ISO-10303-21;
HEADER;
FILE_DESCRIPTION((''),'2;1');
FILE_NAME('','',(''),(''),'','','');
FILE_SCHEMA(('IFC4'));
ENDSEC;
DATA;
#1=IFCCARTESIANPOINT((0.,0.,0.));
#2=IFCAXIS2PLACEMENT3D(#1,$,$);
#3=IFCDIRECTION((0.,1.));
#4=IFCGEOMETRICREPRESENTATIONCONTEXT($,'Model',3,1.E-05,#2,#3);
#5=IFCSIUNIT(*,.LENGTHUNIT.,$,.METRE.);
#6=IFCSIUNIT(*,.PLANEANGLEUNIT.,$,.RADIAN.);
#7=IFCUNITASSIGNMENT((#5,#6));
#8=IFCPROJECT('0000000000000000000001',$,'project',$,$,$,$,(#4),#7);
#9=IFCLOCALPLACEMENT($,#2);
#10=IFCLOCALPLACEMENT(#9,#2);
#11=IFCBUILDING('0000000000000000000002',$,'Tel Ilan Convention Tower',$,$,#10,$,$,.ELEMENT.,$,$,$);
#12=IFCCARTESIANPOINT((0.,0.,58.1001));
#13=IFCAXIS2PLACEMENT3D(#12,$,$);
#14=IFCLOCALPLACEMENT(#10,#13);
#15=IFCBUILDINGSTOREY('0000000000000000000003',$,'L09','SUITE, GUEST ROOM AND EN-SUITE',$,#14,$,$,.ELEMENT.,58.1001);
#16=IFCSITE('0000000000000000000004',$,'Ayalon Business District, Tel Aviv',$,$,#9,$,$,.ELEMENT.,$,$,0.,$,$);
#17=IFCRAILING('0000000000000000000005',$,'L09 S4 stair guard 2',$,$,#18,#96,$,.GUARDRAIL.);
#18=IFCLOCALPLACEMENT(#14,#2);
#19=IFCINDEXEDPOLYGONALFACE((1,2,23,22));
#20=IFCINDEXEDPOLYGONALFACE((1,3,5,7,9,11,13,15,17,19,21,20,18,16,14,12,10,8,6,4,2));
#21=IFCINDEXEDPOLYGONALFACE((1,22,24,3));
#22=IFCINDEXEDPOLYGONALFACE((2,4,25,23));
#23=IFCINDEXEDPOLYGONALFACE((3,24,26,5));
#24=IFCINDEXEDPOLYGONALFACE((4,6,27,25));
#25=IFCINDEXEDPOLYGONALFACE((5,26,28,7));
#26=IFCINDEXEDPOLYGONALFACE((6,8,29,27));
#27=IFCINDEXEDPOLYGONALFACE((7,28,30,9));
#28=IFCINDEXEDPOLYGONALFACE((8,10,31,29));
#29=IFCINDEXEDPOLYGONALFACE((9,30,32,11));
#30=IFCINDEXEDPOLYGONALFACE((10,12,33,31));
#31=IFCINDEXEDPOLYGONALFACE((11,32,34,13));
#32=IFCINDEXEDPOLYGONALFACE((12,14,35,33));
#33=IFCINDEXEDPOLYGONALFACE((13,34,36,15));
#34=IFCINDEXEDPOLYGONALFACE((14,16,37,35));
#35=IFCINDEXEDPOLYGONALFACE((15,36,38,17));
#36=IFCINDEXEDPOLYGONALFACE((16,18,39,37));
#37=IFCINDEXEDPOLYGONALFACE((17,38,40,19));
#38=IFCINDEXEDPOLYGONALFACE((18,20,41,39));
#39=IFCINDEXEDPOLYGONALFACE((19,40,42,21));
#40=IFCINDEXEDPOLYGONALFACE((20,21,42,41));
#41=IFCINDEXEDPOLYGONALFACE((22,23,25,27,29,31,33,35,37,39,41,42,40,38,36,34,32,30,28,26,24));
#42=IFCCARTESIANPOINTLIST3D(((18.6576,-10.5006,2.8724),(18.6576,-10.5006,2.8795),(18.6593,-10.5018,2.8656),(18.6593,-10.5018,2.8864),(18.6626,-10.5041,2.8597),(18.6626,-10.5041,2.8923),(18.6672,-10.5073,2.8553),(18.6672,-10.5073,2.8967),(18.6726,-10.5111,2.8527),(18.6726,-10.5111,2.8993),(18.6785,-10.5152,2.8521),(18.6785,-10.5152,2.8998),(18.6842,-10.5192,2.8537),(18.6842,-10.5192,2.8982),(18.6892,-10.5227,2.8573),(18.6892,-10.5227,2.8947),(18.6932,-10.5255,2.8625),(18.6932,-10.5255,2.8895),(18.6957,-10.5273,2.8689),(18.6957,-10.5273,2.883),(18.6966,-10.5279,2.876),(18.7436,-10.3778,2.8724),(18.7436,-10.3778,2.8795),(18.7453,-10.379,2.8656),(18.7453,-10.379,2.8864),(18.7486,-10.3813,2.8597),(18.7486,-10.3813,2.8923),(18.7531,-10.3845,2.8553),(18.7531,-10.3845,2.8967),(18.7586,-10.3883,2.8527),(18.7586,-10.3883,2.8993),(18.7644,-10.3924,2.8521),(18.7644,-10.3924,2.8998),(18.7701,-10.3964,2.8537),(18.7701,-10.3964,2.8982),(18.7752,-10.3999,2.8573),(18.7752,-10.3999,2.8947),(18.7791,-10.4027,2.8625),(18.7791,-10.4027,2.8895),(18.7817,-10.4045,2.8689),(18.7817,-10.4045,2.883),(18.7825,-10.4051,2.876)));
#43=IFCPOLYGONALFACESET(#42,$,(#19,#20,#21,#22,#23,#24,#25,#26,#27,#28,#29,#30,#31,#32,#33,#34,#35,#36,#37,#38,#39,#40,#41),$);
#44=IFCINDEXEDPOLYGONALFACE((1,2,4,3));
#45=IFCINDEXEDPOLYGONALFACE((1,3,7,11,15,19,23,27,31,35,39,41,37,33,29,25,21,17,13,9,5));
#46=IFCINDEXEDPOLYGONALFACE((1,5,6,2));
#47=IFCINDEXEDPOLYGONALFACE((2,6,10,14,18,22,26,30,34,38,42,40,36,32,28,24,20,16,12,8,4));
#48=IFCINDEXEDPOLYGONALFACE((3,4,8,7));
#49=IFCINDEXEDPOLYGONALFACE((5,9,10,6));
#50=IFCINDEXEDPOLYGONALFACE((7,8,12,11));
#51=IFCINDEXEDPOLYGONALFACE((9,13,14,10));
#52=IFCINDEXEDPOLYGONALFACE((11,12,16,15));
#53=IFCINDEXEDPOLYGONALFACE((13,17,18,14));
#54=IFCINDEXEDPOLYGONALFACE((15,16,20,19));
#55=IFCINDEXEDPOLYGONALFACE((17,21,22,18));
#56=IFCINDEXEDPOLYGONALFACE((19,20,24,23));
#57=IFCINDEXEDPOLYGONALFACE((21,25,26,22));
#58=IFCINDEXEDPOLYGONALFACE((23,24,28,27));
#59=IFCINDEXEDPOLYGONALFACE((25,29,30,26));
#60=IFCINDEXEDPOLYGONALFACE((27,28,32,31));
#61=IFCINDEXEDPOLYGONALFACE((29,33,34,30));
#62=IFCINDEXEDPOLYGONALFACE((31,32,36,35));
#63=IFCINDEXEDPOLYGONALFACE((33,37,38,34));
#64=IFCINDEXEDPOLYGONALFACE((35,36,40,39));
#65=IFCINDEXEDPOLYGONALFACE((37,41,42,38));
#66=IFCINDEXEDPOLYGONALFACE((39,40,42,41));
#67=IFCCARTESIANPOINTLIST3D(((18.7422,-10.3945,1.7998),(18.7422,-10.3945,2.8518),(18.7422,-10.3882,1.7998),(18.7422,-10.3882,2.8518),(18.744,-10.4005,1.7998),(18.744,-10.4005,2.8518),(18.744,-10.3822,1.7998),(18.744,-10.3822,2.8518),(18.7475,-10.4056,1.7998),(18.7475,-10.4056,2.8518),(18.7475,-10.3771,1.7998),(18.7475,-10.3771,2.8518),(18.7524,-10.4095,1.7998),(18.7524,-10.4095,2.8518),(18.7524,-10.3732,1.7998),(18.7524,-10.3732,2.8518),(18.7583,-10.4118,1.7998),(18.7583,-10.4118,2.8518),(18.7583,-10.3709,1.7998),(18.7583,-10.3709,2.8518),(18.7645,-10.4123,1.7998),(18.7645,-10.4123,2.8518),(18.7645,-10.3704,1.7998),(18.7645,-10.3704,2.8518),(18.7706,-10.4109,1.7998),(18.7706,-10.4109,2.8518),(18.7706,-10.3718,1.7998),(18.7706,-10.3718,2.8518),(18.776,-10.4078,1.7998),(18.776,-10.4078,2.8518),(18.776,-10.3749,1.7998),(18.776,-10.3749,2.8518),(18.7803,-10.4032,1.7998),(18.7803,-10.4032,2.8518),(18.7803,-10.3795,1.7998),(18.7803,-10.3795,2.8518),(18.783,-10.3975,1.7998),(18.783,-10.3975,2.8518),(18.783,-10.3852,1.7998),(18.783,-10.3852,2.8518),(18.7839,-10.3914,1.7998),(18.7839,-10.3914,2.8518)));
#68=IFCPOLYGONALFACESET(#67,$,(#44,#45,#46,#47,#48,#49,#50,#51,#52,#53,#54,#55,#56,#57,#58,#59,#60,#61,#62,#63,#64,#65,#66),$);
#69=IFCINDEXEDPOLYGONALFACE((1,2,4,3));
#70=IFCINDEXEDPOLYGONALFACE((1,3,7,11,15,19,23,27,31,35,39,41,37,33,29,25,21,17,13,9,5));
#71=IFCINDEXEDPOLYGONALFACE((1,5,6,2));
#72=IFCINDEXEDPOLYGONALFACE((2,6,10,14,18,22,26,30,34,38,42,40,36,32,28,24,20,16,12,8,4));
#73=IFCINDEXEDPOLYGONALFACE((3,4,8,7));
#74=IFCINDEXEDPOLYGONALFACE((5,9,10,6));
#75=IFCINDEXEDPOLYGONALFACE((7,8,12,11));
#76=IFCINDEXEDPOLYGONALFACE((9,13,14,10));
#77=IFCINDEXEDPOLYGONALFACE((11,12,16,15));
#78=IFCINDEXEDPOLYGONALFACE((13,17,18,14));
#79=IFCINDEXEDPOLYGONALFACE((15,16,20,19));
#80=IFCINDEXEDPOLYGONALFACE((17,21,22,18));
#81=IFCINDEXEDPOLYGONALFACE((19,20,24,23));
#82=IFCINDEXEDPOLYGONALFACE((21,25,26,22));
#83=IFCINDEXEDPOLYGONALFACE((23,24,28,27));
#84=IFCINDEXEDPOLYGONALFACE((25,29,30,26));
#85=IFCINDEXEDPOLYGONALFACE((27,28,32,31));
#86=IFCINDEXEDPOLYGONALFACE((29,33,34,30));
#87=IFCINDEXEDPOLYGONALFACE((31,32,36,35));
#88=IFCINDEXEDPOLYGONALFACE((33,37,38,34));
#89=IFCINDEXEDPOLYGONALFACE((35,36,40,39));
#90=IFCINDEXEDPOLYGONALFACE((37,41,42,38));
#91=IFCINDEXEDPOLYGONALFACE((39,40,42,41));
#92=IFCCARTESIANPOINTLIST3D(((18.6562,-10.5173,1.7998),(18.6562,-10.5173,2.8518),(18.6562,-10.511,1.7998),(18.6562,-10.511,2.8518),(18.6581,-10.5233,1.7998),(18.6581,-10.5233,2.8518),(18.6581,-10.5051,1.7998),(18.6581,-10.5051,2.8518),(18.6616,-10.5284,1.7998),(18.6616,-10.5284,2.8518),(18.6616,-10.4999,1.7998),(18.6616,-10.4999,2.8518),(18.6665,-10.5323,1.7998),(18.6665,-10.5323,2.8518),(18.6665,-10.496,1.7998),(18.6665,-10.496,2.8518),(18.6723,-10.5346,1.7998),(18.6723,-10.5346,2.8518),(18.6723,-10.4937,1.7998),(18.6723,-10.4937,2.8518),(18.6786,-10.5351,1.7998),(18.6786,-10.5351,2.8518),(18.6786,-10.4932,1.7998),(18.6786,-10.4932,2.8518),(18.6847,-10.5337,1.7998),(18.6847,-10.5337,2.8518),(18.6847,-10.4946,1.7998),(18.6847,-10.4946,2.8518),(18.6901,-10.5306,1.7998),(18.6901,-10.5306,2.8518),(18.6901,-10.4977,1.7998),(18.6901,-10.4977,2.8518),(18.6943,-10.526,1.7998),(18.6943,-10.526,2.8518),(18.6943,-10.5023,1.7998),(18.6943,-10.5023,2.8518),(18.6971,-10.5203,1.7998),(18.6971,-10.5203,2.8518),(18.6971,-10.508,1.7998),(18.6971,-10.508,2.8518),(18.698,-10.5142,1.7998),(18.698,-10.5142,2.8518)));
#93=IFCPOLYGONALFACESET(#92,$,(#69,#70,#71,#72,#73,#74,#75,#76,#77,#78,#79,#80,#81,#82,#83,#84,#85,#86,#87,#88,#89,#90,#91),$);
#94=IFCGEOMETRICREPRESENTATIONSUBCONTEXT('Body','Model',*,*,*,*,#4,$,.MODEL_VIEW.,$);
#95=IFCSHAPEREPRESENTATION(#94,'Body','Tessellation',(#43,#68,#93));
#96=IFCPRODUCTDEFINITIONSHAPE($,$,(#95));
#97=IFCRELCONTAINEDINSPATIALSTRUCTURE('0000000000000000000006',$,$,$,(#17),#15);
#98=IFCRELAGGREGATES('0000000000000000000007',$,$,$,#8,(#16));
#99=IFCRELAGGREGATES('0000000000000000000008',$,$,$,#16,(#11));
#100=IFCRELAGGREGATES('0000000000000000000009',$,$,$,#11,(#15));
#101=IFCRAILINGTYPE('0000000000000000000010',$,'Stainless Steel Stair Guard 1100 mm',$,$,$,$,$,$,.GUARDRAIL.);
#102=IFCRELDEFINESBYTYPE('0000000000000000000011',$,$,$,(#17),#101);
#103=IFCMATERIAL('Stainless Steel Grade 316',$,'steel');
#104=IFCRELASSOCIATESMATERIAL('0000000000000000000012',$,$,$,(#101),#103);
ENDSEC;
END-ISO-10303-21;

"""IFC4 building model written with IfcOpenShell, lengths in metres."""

from ifc_helpers import new_model, si_unit, direction, frame, origin, origin_2d, place, context, subcontext, project, spatial, circle, extrude, material, type_object, element, save


model = new_model("IFC4")

# Units and contexts
model_context = context("Model", 3, precision=1e-05, world=origin(), true_north=direction((0.0, 1.0)))
body_context = subcontext(model_context, "Body", "Model", "MODEL_VIEW")
ifc_project = project(units=[si_unit("LENGTHUNIT", "METRE"), si_unit("PLANEANGLEUNIT", "RADIAN")], contexts=[model_context])

# Site, building, storey
site_placement = place(None, origin())
site = spatial("IfcSite", under=ifc_project, at=site_placement, Name="Ayalon Business District, Tel Aviv", CompositionType="ELEMENT", RefElevation=0.0)
building_placement = place(site_placement, origin())
building = spatial("IfcBuilding", under=site, at=building_placement, Name="Tel Ilan Convention Tower", CompositionType="ELEMENT")
storey_placement = place(building_placement, frame((0.0, 0.0, 58.1001)))
storey = spatial("IfcBuildingStorey", under=building, at=storey_placement, Name="L09", Description="SUITE, GUEST ROOM AND EN-SUITE", CompositionType="ELEMENT", Elevation=58.1001)

# Railing
ifc_material_1 = material(Name="Stainless Steel Grade 316", Category="steel")
railing_type_1 = type_object("IfcRailingType", Name="Stainless Steel Stair Guard 1100 mm", PredefinedType="GUARDRAIL", material=ifc_material_1)
railing_1_placement = place(storey_placement, frame((18.7629, -10.3914, 1.7998)))
element("IfcRailing", 1, at=railing_1_placement, inside=storey, type_object=railing_type_1, Name="L09 S4 stair guard 2", PredefinedType="GUARDRAIL", context=body_context, shape_type="SweptSolid", body=[
    extrude(circle(Radius=0.0239, at=origin_2d()), frame((0.0, 0.0, 1.0762), z_axis=(-0.573353, -0.819308, 0.0), x_axis=(0.819308, -0.573353, 0.0)), (0.0, 0.0, 1.0), 0.1499),
    extrude(circle(Radius=0.021, at=origin_2d()), origin(), (0.0, 0.0, 1.0), 1.052),
    extrude(circle(Radius=0.021, at=origin_2d()), frame((-0.0859, -0.1228, 0.0)), (0.0, 0.0, 1.0), 1.052),
])

save(model, "model.ifc")
